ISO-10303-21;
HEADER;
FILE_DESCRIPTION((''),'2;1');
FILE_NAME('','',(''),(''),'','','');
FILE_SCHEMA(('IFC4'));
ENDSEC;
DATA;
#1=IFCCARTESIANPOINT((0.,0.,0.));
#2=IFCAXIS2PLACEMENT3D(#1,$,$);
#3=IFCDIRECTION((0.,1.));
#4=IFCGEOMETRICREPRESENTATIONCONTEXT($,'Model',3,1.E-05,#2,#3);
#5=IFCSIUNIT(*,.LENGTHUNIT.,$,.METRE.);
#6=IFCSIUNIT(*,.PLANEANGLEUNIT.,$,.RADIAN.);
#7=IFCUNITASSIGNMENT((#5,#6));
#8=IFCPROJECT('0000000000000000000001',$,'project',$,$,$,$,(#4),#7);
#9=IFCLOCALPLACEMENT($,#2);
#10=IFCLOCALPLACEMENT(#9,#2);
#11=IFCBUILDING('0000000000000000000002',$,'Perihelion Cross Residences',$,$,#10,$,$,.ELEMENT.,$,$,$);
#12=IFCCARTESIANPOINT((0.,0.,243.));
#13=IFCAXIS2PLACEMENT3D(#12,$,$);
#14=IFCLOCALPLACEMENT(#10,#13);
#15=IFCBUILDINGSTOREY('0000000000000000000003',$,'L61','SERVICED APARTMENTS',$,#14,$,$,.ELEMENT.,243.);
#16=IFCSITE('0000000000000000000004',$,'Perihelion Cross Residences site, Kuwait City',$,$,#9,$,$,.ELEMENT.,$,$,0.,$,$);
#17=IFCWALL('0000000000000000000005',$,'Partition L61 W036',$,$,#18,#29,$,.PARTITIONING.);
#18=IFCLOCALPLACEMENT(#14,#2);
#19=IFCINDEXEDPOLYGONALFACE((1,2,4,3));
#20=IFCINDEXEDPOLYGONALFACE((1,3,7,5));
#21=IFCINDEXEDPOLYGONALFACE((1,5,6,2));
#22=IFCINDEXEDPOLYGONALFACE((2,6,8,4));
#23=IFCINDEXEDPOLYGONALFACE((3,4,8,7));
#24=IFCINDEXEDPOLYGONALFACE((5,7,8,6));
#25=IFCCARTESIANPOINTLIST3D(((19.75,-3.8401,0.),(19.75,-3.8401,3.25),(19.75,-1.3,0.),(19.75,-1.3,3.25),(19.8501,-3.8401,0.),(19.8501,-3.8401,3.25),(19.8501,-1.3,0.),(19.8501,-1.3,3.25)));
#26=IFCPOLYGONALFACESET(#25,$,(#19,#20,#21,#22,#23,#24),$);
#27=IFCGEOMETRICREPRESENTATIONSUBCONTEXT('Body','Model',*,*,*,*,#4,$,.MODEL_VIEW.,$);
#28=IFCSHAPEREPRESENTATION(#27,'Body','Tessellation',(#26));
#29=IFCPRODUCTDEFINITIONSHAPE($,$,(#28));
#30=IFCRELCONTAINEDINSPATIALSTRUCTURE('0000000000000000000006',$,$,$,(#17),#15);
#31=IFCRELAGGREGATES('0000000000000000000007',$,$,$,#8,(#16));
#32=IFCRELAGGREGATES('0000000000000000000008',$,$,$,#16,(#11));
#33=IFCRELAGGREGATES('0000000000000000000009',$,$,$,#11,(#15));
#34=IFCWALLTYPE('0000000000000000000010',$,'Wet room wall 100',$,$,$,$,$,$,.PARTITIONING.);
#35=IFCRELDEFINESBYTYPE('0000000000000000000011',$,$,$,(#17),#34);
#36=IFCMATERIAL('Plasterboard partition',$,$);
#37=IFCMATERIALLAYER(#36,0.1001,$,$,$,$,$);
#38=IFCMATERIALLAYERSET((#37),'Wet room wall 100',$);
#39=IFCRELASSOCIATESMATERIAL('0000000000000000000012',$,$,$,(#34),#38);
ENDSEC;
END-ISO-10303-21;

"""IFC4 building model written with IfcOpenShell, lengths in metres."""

from ifc_helpers import new_model, si_unit, direction, frame, frame_2d, origin, place, context, subcontext, project, spatial, rectangle, extrude, material, layer, layer_set, type_object, element, save


model = new_model("IFC4")

# Units and contexts
model_context = context("Model", 3, precision=1e-05, world=origin(), true_north=direction((0.0, 1.0)))
body_context = subcontext(model_context, "Body", "Model", "MODEL_VIEW")
ifc_project = project(units=[si_unit("LENGTHUNIT", "METRE"), si_unit("PLANEANGLEUNIT", "RADIAN")], contexts=[model_context])

# Site, building, storey
site_placement = place(None, origin())
site = spatial("IfcSite", under=ifc_project, at=site_placement, Name="Perihelion Cross Residences site, Kuwait City", CompositionType="ELEMENT", RefElevation=0.0)
building_placement = place(site_placement, origin())
building = spatial("IfcBuilding", under=site, at=building_placement, Name="Perihelion Cross Residences", CompositionType="ELEMENT")
storey_placement = place(building_placement, frame((0.0, 0.0, 243.0)))
storey = spatial("IfcBuildingStorey", under=building, at=storey_placement, Name="L61", Description="SERVICED APARTMENTS", CompositionType="ELEMENT", Elevation=243.0)

# Shared definitions
ifc_material_1 = material(Name="Plasterboard partition")
ifc_layer_1 = layer(ifc_material_1, 0.1001)
ifc_layer_set_1 = layer_set([ifc_layer_1], Name="Wet room wall 100")
wall_type_1 = type_object("IfcWallType", Name="Wet room wall 100", PredefinedType="PARTITIONING", material=ifc_layer_set_1)

# Wall
for number, where, z_axis, x_axis, name in (
    (1, (19.8, -1.3, 0.0), (0.0, 0.0, 1.0), (0.0, -1.0, 0.0), "Partition L61 W036"),
):
    element("IfcWall", number, at=place(storey_placement, frame(where, z_axis=z_axis, x_axis=x_axis)), inside=storey, type_object=wall_type_1, Name=name, PredefinedType="PARTITIONING", context=body_context, shape_type="SweptSolid", body=[
        extrude(rectangle(XDim=2.54, YDim=0.1001, at=frame_2d((1.27, 0.0))), origin(), (0.0, 0.0, 1.0), 3.25),
    ])

save(model, "model.ifc")
